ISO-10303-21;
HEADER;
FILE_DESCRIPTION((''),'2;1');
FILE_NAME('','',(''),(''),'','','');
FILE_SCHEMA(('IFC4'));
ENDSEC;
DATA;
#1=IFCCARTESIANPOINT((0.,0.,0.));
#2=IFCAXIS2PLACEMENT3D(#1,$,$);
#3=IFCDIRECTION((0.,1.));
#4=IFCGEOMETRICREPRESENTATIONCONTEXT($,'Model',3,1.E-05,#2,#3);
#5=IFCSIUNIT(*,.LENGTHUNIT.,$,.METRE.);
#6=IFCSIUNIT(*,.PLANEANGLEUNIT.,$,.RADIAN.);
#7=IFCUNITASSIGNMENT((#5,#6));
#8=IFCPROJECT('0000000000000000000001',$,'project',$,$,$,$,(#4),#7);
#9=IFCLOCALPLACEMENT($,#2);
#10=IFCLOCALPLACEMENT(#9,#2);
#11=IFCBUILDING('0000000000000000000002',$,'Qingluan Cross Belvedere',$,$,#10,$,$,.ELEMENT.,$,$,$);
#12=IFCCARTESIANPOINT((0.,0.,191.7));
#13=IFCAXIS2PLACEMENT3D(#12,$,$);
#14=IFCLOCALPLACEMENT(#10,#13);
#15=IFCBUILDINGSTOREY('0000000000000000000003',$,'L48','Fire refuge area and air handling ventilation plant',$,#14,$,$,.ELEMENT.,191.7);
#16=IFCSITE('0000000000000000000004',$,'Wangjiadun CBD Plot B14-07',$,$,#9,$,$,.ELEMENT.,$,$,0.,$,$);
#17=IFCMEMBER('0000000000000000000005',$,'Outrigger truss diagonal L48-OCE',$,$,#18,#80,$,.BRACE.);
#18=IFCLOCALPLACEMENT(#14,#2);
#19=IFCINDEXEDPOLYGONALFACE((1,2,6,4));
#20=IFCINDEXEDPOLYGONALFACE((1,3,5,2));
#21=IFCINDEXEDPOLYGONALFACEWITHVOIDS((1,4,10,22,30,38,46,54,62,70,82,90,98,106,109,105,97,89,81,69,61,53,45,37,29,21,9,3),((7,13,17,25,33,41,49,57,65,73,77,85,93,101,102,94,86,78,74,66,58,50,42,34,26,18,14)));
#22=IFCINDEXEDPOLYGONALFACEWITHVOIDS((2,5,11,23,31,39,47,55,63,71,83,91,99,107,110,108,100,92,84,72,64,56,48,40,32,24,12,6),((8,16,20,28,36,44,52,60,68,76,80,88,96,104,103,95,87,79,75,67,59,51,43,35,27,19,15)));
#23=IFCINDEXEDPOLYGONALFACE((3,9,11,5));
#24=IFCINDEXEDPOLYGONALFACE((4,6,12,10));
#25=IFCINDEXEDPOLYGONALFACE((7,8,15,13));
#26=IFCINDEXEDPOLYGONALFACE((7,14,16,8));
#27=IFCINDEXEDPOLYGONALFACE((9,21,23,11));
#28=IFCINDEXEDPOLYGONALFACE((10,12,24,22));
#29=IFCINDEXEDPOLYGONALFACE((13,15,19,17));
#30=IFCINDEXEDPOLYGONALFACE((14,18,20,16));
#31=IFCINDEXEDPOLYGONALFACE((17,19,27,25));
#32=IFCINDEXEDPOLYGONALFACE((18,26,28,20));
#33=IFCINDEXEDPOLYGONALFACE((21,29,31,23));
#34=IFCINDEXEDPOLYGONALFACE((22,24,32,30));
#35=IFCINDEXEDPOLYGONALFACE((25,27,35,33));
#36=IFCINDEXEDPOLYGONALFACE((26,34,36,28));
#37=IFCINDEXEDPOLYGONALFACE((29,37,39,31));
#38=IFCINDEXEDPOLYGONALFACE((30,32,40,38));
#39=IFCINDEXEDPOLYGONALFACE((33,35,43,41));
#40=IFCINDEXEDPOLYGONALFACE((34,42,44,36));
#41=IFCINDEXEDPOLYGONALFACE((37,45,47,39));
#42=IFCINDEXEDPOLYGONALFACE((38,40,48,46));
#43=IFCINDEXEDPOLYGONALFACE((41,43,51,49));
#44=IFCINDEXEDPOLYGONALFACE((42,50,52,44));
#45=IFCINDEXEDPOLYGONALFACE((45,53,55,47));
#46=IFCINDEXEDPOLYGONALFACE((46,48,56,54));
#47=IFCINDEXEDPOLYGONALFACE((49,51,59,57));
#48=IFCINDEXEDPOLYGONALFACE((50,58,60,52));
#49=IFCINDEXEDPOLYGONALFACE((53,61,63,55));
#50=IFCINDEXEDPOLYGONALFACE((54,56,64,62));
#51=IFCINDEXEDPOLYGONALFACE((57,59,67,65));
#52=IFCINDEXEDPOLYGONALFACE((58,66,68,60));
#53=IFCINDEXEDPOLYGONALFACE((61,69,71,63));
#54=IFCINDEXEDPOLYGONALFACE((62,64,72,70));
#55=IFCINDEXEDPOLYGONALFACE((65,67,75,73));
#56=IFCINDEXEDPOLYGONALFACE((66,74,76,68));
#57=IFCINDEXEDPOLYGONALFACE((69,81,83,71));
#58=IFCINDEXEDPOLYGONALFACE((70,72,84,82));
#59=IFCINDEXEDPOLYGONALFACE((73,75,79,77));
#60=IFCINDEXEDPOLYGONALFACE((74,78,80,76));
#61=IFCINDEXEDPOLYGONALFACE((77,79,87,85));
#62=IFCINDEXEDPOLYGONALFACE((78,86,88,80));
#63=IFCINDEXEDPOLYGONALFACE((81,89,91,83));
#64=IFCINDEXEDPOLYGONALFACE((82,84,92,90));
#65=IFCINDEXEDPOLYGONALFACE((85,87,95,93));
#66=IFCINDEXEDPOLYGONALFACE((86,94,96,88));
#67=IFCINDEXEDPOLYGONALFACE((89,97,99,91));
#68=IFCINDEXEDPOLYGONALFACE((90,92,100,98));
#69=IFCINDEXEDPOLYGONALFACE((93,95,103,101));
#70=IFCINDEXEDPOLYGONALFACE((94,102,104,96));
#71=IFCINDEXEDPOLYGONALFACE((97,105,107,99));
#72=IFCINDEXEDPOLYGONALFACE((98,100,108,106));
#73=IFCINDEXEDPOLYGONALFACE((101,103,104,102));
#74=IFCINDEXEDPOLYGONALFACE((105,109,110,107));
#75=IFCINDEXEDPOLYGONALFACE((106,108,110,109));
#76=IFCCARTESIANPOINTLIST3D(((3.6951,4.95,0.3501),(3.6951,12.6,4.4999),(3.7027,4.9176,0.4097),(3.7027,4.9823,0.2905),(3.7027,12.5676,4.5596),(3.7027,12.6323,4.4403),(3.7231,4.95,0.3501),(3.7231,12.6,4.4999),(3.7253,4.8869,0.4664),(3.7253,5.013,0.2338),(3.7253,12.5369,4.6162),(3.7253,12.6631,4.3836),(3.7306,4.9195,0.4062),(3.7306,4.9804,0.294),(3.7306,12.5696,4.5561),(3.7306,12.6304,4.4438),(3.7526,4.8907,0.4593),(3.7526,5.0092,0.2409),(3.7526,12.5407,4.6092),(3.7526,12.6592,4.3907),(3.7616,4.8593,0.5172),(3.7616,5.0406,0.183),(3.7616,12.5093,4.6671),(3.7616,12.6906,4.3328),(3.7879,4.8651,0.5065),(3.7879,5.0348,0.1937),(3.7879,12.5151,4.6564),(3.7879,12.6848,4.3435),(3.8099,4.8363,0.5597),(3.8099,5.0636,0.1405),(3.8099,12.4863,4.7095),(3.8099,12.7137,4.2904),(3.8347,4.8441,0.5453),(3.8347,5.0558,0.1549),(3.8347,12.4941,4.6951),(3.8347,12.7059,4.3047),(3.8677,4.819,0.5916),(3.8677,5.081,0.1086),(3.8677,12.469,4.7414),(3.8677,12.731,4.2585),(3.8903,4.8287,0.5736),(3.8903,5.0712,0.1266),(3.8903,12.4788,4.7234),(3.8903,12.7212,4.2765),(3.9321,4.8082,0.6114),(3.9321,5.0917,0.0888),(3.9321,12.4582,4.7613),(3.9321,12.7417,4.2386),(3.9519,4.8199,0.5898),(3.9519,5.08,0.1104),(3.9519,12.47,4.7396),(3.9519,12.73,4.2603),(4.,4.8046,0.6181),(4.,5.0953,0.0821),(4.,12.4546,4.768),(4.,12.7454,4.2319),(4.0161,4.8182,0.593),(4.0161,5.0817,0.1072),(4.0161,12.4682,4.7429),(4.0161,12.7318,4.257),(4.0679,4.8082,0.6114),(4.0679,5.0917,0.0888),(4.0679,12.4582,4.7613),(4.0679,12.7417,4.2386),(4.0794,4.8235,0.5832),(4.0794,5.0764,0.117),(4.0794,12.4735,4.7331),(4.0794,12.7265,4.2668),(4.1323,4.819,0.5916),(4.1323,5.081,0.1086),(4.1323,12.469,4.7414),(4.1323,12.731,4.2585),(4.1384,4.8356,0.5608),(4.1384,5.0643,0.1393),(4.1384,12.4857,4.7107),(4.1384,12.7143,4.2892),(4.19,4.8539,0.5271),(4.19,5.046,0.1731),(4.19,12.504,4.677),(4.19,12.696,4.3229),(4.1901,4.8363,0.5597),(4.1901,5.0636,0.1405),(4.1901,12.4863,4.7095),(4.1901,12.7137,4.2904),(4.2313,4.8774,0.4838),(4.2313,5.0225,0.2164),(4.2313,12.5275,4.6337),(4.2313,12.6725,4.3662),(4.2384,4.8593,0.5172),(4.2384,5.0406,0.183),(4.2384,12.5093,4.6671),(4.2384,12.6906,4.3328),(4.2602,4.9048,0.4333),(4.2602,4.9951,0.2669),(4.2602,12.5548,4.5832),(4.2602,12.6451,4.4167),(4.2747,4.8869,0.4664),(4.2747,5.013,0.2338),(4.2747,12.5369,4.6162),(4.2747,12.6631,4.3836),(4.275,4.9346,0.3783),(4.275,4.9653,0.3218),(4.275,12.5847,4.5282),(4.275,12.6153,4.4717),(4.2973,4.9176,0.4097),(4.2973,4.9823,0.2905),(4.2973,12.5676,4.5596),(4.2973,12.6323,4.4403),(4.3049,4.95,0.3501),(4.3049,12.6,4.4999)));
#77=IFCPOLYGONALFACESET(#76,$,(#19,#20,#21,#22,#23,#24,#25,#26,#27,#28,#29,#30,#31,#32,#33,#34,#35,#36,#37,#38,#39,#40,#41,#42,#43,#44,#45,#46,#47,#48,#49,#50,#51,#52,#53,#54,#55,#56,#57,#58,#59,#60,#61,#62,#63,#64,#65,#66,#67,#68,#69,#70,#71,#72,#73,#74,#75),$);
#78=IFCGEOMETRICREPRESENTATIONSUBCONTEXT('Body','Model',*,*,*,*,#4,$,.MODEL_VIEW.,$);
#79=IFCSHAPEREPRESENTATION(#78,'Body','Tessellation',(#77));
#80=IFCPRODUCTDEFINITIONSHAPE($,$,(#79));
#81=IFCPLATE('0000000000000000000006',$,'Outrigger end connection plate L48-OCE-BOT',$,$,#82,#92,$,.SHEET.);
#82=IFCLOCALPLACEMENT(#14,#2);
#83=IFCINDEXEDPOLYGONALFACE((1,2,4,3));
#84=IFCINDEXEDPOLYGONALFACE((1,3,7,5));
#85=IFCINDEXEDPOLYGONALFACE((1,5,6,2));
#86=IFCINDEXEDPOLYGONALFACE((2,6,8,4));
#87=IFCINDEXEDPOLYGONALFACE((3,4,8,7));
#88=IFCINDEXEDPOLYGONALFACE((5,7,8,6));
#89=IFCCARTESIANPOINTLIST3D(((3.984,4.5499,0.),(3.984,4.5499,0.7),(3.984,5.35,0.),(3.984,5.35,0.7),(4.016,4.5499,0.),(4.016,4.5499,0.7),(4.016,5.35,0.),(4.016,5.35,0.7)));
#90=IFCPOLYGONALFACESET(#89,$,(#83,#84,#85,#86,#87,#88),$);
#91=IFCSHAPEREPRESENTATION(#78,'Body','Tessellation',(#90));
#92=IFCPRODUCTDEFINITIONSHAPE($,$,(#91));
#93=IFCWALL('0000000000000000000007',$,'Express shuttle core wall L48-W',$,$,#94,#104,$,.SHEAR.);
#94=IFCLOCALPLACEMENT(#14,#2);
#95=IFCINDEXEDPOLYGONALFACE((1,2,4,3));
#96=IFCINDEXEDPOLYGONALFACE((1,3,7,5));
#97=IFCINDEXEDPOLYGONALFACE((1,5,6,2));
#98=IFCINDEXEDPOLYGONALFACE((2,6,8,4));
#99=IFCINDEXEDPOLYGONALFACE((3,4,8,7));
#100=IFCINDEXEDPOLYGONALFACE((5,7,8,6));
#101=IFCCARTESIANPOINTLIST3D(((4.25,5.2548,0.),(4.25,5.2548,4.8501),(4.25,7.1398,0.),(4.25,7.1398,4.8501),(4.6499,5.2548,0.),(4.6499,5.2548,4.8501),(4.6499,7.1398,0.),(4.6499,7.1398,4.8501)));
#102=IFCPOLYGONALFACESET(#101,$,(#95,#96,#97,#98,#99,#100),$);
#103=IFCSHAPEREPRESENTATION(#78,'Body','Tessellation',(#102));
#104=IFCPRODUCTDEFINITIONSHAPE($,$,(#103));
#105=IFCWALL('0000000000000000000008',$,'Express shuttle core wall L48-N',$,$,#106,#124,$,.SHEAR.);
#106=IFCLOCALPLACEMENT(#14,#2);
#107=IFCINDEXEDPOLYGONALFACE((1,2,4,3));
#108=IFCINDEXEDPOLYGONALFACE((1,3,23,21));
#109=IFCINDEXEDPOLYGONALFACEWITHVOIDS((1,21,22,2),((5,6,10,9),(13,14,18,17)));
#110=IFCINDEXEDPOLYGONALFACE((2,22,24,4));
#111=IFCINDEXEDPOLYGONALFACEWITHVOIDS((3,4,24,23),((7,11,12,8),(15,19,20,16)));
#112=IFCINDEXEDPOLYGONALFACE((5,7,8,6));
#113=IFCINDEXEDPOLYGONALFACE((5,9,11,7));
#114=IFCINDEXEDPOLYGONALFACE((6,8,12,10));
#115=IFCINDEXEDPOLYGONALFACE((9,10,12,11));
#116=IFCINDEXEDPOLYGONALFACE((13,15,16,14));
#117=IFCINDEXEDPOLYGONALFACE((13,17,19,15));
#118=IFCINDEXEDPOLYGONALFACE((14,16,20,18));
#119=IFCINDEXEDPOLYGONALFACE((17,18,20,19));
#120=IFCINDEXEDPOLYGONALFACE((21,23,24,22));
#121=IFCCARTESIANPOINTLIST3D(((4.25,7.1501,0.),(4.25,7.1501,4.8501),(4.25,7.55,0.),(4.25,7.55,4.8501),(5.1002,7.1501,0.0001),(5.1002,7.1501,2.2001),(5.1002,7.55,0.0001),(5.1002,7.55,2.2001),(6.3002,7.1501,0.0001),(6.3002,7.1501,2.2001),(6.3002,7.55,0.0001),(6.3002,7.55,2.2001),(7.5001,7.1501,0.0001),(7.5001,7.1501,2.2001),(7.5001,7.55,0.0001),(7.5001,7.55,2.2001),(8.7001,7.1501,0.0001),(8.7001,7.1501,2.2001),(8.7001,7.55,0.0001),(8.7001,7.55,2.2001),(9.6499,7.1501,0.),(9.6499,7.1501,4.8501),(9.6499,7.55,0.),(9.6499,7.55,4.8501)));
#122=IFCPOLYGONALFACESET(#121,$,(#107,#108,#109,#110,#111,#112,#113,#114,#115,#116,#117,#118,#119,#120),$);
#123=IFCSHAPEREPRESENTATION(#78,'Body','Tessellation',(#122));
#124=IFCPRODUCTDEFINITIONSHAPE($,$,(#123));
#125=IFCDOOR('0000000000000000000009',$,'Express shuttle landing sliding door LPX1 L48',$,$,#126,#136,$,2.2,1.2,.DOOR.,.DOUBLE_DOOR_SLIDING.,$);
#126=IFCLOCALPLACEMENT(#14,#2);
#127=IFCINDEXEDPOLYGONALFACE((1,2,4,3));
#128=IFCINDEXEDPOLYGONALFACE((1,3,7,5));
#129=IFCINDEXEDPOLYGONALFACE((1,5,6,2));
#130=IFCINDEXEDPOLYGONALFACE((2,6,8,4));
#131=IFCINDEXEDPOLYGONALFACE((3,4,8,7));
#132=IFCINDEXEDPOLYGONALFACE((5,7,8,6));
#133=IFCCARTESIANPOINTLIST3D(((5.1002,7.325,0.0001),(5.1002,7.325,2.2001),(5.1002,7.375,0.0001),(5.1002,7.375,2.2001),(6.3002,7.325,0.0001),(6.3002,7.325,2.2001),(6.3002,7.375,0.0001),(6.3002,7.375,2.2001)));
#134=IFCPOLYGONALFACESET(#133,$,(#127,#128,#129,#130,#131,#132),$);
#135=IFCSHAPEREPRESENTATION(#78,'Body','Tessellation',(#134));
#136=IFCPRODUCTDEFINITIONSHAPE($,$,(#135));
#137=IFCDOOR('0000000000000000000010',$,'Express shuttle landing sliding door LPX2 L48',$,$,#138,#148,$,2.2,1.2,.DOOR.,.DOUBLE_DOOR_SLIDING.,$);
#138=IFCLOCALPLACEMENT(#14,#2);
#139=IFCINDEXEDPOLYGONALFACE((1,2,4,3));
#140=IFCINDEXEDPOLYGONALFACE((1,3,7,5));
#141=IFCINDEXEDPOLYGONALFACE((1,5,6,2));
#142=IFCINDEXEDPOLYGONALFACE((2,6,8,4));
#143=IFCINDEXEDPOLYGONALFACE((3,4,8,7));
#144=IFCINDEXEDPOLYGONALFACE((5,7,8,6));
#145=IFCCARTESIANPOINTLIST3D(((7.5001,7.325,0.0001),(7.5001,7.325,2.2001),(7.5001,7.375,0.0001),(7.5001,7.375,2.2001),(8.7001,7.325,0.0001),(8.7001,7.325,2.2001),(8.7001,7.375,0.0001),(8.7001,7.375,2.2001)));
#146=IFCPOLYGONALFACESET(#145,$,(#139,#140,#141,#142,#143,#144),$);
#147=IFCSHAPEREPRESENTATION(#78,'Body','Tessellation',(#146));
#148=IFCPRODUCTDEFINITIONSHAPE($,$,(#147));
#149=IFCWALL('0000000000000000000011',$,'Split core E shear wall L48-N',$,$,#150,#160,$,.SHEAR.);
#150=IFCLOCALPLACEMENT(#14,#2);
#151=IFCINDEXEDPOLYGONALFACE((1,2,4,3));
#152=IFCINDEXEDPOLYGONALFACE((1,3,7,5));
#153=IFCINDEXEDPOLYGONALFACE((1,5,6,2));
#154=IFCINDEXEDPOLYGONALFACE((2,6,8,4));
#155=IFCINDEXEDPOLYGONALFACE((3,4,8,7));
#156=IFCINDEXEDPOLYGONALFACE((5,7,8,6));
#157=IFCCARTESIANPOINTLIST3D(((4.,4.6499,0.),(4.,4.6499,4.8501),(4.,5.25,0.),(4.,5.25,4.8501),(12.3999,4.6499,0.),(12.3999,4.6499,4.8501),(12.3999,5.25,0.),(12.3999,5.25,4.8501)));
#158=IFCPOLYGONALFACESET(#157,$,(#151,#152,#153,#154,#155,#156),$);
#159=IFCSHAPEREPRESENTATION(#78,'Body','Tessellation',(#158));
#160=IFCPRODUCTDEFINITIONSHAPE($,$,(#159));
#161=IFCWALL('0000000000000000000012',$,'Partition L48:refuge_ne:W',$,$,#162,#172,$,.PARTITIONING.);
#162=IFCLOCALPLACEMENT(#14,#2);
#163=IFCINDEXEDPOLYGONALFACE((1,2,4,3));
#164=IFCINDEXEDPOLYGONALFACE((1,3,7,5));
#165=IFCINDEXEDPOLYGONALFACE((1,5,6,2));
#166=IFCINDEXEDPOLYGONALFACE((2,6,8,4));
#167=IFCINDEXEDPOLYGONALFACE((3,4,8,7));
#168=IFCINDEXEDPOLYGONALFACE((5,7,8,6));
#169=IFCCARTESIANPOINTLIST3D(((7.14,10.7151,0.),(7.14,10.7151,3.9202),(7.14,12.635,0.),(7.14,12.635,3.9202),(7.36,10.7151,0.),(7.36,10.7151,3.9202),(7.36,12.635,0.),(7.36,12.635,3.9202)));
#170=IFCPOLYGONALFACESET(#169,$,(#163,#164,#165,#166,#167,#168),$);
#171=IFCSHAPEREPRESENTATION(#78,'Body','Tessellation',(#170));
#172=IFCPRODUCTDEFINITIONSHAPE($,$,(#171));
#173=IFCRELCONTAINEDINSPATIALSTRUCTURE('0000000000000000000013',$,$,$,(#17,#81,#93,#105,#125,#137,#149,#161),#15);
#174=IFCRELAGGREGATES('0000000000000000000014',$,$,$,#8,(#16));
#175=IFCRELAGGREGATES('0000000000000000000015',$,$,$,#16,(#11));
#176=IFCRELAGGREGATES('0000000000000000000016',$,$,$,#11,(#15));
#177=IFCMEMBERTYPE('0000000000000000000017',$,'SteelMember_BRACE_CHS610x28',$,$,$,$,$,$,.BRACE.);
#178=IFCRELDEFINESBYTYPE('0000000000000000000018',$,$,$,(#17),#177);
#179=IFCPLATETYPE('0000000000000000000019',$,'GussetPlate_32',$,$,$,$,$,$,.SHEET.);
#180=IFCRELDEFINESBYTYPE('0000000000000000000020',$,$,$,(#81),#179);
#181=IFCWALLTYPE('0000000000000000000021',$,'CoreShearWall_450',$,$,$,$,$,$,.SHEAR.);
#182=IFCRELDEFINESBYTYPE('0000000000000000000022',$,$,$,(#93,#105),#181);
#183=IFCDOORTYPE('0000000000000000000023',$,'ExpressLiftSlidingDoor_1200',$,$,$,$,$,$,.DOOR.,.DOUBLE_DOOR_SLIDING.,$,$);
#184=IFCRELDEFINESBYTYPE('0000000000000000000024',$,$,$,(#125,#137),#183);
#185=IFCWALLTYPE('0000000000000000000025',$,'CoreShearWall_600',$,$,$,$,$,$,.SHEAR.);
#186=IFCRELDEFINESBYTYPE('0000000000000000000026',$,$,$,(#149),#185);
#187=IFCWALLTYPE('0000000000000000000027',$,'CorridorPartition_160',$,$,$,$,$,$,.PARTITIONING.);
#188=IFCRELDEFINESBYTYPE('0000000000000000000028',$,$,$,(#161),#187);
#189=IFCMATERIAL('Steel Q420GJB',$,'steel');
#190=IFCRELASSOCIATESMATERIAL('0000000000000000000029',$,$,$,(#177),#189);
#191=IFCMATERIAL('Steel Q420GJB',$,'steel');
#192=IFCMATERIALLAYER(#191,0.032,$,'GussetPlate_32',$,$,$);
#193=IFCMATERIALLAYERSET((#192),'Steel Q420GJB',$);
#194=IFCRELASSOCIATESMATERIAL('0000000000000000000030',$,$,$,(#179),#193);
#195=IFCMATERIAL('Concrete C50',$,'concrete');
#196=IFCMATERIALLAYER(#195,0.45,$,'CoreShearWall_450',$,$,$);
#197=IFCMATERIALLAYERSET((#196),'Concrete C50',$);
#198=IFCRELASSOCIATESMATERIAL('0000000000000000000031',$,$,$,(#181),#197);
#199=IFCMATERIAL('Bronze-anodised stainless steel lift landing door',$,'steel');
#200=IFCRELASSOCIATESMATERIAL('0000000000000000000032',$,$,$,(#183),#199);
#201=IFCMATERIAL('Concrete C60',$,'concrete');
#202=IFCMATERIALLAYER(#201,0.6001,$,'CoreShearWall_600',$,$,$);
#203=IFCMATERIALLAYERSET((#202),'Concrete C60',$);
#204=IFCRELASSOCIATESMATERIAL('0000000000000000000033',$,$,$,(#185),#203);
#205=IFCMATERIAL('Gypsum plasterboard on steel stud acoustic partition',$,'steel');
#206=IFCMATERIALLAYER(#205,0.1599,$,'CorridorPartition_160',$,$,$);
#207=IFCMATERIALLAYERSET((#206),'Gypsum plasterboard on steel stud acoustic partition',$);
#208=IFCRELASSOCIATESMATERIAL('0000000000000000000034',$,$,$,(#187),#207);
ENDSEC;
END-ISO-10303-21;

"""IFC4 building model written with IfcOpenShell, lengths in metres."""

from ifc_helpers import new_model, si_unit, direction, frame, frame_2d, origin, origin_2d, place, context, subcontext, project, spatial, rectangle, hollow_circle, extrude, material, layer, layer_set, material_profile, profile_set, type_object, element, fill, save


model = new_model("IFC4")

# Units and contexts
model_context = context("Model", 3, precision=1e-05, world=origin(), true_north=direction((0.0, 1.0)))
body_context = subcontext(model_context, "Body", "Model", "MODEL_VIEW")
ifc_project = project(units=[si_unit("LENGTHUNIT", "METRE"), si_unit("PLANEANGLEUNIT", "RADIAN")], contexts=[model_context])

# Site, building, storey
site_placement = place(None, origin())
site = spatial("IfcSite", under=ifc_project, at=site_placement, Name="Wangjiadun CBD Plot B14-07", CompositionType="ELEMENT", RefElevation=0.0)
building_placement = place(site_placement, origin())
building = spatial("IfcBuilding", under=site, at=building_placement, Name="Qingluan Cross Belvedere", CompositionType="ELEMENT")
storey_placement = place(building_placement, frame((0.0, 0.0, 191.7)))
storey = spatial("IfcBuildingStorey", under=building, at=storey_placement, Name="L48", Description="Fire refuge area and air handling ventilation plant", CompositionType="ELEMENT", Elevation=191.7)

# Member
ifc_material_1 = material(Name="Steel Q420GJB", Category="steel")
ifc_material_profile = material_profile(ifc_material_1, hollow_circle(Radius=0.3049, WallThickness=0.0281, at=origin_2d()), Name="CHS610x28")
ifc_profile_set = profile_set([ifc_material_profile], Name="Steel Q420GJB")
member_type = type_object("IfcMemberType", Name="SteelMember_BRACE_CHS610x28", PredefinedType="BRACE", material=ifc_profile_set)
member_placement = place(storey_placement, frame((4.0, 4.95, 0.3501), z_axis=(0.0, 0.879, 0.476823), x_axis=(-1.0, 0.0, 0.0)))
element("IfcMember", 1, at=member_placement, inside=storey, type_object=member_type, Name="Outrigger truss diagonal L48-OCE", PredefinedType="BRACE", context=body_context, shape_type="SweptSolid", body=[
    extrude(hollow_circle(Radius=0.3049, WallThickness=0.0281, at=origin_2d()), origin(), (0.0, 0.0, 1.0), 8.7031),
])

# Plate
ifc_material_2 = material(Name="Steel Q420GJB", Category="steel")
ifc_layer_1 = layer(ifc_material_2, 0.032, Name="GussetPlate_32")
ifc_layer_set_1 = layer_set([ifc_layer_1], Name="Steel Q420GJB")
plate_type = type_object("IfcPlateType", Name="GussetPlate_32", PredefinedType="SHEET", material=ifc_layer_set_1)
plate_placement = place(storey_placement, frame((4.0, 4.95, 0.0), z_axis=(0.0, 0.0, 1.0), x_axis=(0.0, 1.0, 0.0)))
element("IfcPlate", 2, at=plate_placement, inside=storey, type_object=plate_type, Name="Outrigger end connection plate L48-OCE-BOT", PredefinedType="SHEET", context=body_context, shape_type="SweptSolid", body=[
    extrude(rectangle(XDim=0.8, YDim=0.032, at=origin_2d()), origin(), (0.0, 0.0, 1.0), 0.7),
])

# Wall
ifc_material_3 = material(Name="Concrete C50", Category="concrete")
ifc_layer_2 = layer(ifc_material_3, 0.45, Name="CoreShearWall_450")
ifc_layer_set_2 = layer_set([ifc_layer_2], Name="Concrete C50")
wall_type_1 = type_object("IfcWallType", Name="CoreShearWall_450", PredefinedType="SHEAR", material=ifc_layer_set_2)
wall_1_placement = place(storey_placement, frame((4.45, 5.2549, 0.0), z_axis=(0.0, 0.0, 1.0), x_axis=(0.0, 1.0, 0.0)))
element("IfcWall", 3, at=wall_1_placement, inside=storey, type_object=wall_type_1, Name="Express shuttle core wall L48-W", PredefinedType="SHEAR", context=body_context, shape_type="SweptSolid", body=[
    extrude(rectangle(XDim=1.885, YDim=0.3999, at=frame_2d((0.9424, 0.0))), origin(), (0.0, 0.0, 1.0), 4.8501),
])

# Wall, openings, doors
wall_2_placement = place(storey_placement, frame((4.25, 7.3501, 0.0), z_axis=(0.0, 0.0, 1.0), x_axis=(1.0, 0.0, 0.0)))
wall_2 = element("IfcWall", 4, at=wall_2_placement, inside=storey, type_object=wall_type_1, Name="Express shuttle core wall L48-N", PredefinedType="SHEAR", context=body_context, shape_type="SweptSolid", body=[
    extrude(rectangle(XDim=5.3999, YDim=0.3999, at=frame_2d((2.7, 0.0))), origin(), (0.0, 0.0, 1.0), 4.8501),
])
opening_1_placement = place(wall_2_placement, frame((0.8501, 0.0, 0.0)))
opening_1 = element("IfcOpeningElement", 5, at=opening_1_placement, cuts=wall_2, PredefinedType="OPENING", context=body_context, shape_type="SweptSolid", body=[
    extrude(rectangle(XDim=1.2, YDim=2.2, at=frame_2d((0.6001, 1.1001))), frame((0.0, 0.21, 0.0), z_axis=(0.0, -1.0, 0.0), x_axis=(1.0, 0.0, 0.0)), (0.0, 0.0, 1.0), 0.4199),
])
opening_2_placement = place(wall_2_placement, frame((3.25, 0.0, 0.0)))
opening_2 = element("IfcOpeningElement", 6, at=opening_2_placement, cuts=wall_2, PredefinedType="OPENING", context=body_context, shape_type="SweptSolid", body=[
    extrude(rectangle(XDim=1.2, YDim=2.2, at=frame_2d((0.6001, 1.1001))), frame((0.0, 0.21, 0.0), z_axis=(0.0, -1.0, 0.0), x_axis=(1.0, 0.0, 0.0)), (0.0, 0.0, 1.0), 0.4199),
])
ifc_material_4 = material(Name="Bronze-anodised stainless steel lift landing door", Category="steel")
door_type_1 = type_object("IfcDoorType", Name="ExpressLiftSlidingDoor_1200", OperationType="DOUBLE_DOOR_SLIDING", PredefinedType="DOOR", material=ifc_material_4)
door_1_placement = place(opening_1_placement, origin())
door_1 = element("IfcDoor", 7, at=door_1_placement, inside=storey, type_object=door_type_1, Name="Express shuttle landing sliding door LPX1 L48", OperationType="DOUBLE_DOOR_SLIDING", OverallHeight=2.2, OverallWidth=1.2, PredefinedType="DOOR", context=body_context, shape_type="SweptSolid", body=[
    extrude(rectangle(XDim=1.2, YDim=2.2, at=frame_2d((0.6001, 1.1001))), frame((0.0, 0.0249, 0.0), z_axis=(0.0, -1.0, 0.0), x_axis=(1.0, 0.0, 0.0)), (0.0, 0.0, 1.0), 0.05),
])
fill(opening_1, door_1)
door_2_placement = place(opening_2_placement, origin())
door_2 = element("IfcDoor", 8, at=door_2_placement, inside=storey, type_object=door_type_1, Name="Express shuttle landing sliding door LPX2 L48", OperationType="DOUBLE_DOOR_SLIDING", OverallHeight=2.2, OverallWidth=1.2, PredefinedType="DOOR", context=body_context, shape_type="SweptSolid", body=[
    extrude(rectangle(XDim=1.2, YDim=2.2, at=frame_2d((0.6001, 1.1001))), frame((0.0, 0.0249, 0.0), z_axis=(0.0, -1.0, 0.0), x_axis=(1.0, 0.0, 0.0)), (0.0, 0.0, 1.0), 0.05),
])
fill(opening_2, door_2)

# Wall
ifc_material_5 = material(Name="Concrete C60", Category="concrete")
ifc_layer_3 = layer(ifc_material_5, 0.6001, Name="CoreShearWall_600")
ifc_layer_set_3 = layer_set([ifc_layer_3], Name="Concrete C60")
wall_type_2 = type_object("IfcWallType", Name="CoreShearWall_600", PredefinedType="SHEAR", material=ifc_layer_set_3)
wall_3_placement = place(storey_placement, frame((4.0, 4.95, 0.0), z_axis=(0.0, 0.0, 1.0), x_axis=(1.0, 0.0, 0.0)))
element("IfcWall", 9, at=wall_3_placement, inside=storey, type_object=wall_type_2, Name="Split core E shear wall L48-N", PredefinedType="SHEAR", context=body_context, shape_type="SweptSolid", body=[
    extrude(rectangle(XDim=8.3999, YDim=0.6001, at=frame_2d((4.2, 0.0))), origin(), (0.0, 0.0, 1.0), 4.8501),
])

# Shared definitions
ifc_material_6 = material(Name="Gypsum plasterboard on steel stud acoustic partition", Category="steel")
ifc_layer_4 = layer(ifc_material_6, 0.1599, Name="CorridorPartition_160")
ifc_layer_set_4 = layer_set([ifc_layer_4], Name="Gypsum plasterboard on steel stud acoustic partition")
wall_type_3 = type_object("IfcWallType", Name="CorridorPartition_160", PredefinedType="PARTITIONING", material=ifc_layer_set_4)

# Wall
wall_4_placement = place(storey_placement, frame((7.25, 10.7151, 0.0), z_axis=(0.0, 0.0, 1.0), x_axis=(0.0, 1.0, 0.0)))
element("IfcWall", 10, at=wall_4_placement, inside=storey, type_object=wall_type_3, Name="Partition L48:refuge_ne:W", PredefinedType="PARTITIONING", context=body_context, shape_type="SweptSolid", body=[
    extrude(rectangle(XDim=1.9199, YDim=0.22, at=frame_2d((0.96, 0.0))), origin(), (0.0, 0.0, 1.0), 3.9202),
])

save(model, "model.ifc")
